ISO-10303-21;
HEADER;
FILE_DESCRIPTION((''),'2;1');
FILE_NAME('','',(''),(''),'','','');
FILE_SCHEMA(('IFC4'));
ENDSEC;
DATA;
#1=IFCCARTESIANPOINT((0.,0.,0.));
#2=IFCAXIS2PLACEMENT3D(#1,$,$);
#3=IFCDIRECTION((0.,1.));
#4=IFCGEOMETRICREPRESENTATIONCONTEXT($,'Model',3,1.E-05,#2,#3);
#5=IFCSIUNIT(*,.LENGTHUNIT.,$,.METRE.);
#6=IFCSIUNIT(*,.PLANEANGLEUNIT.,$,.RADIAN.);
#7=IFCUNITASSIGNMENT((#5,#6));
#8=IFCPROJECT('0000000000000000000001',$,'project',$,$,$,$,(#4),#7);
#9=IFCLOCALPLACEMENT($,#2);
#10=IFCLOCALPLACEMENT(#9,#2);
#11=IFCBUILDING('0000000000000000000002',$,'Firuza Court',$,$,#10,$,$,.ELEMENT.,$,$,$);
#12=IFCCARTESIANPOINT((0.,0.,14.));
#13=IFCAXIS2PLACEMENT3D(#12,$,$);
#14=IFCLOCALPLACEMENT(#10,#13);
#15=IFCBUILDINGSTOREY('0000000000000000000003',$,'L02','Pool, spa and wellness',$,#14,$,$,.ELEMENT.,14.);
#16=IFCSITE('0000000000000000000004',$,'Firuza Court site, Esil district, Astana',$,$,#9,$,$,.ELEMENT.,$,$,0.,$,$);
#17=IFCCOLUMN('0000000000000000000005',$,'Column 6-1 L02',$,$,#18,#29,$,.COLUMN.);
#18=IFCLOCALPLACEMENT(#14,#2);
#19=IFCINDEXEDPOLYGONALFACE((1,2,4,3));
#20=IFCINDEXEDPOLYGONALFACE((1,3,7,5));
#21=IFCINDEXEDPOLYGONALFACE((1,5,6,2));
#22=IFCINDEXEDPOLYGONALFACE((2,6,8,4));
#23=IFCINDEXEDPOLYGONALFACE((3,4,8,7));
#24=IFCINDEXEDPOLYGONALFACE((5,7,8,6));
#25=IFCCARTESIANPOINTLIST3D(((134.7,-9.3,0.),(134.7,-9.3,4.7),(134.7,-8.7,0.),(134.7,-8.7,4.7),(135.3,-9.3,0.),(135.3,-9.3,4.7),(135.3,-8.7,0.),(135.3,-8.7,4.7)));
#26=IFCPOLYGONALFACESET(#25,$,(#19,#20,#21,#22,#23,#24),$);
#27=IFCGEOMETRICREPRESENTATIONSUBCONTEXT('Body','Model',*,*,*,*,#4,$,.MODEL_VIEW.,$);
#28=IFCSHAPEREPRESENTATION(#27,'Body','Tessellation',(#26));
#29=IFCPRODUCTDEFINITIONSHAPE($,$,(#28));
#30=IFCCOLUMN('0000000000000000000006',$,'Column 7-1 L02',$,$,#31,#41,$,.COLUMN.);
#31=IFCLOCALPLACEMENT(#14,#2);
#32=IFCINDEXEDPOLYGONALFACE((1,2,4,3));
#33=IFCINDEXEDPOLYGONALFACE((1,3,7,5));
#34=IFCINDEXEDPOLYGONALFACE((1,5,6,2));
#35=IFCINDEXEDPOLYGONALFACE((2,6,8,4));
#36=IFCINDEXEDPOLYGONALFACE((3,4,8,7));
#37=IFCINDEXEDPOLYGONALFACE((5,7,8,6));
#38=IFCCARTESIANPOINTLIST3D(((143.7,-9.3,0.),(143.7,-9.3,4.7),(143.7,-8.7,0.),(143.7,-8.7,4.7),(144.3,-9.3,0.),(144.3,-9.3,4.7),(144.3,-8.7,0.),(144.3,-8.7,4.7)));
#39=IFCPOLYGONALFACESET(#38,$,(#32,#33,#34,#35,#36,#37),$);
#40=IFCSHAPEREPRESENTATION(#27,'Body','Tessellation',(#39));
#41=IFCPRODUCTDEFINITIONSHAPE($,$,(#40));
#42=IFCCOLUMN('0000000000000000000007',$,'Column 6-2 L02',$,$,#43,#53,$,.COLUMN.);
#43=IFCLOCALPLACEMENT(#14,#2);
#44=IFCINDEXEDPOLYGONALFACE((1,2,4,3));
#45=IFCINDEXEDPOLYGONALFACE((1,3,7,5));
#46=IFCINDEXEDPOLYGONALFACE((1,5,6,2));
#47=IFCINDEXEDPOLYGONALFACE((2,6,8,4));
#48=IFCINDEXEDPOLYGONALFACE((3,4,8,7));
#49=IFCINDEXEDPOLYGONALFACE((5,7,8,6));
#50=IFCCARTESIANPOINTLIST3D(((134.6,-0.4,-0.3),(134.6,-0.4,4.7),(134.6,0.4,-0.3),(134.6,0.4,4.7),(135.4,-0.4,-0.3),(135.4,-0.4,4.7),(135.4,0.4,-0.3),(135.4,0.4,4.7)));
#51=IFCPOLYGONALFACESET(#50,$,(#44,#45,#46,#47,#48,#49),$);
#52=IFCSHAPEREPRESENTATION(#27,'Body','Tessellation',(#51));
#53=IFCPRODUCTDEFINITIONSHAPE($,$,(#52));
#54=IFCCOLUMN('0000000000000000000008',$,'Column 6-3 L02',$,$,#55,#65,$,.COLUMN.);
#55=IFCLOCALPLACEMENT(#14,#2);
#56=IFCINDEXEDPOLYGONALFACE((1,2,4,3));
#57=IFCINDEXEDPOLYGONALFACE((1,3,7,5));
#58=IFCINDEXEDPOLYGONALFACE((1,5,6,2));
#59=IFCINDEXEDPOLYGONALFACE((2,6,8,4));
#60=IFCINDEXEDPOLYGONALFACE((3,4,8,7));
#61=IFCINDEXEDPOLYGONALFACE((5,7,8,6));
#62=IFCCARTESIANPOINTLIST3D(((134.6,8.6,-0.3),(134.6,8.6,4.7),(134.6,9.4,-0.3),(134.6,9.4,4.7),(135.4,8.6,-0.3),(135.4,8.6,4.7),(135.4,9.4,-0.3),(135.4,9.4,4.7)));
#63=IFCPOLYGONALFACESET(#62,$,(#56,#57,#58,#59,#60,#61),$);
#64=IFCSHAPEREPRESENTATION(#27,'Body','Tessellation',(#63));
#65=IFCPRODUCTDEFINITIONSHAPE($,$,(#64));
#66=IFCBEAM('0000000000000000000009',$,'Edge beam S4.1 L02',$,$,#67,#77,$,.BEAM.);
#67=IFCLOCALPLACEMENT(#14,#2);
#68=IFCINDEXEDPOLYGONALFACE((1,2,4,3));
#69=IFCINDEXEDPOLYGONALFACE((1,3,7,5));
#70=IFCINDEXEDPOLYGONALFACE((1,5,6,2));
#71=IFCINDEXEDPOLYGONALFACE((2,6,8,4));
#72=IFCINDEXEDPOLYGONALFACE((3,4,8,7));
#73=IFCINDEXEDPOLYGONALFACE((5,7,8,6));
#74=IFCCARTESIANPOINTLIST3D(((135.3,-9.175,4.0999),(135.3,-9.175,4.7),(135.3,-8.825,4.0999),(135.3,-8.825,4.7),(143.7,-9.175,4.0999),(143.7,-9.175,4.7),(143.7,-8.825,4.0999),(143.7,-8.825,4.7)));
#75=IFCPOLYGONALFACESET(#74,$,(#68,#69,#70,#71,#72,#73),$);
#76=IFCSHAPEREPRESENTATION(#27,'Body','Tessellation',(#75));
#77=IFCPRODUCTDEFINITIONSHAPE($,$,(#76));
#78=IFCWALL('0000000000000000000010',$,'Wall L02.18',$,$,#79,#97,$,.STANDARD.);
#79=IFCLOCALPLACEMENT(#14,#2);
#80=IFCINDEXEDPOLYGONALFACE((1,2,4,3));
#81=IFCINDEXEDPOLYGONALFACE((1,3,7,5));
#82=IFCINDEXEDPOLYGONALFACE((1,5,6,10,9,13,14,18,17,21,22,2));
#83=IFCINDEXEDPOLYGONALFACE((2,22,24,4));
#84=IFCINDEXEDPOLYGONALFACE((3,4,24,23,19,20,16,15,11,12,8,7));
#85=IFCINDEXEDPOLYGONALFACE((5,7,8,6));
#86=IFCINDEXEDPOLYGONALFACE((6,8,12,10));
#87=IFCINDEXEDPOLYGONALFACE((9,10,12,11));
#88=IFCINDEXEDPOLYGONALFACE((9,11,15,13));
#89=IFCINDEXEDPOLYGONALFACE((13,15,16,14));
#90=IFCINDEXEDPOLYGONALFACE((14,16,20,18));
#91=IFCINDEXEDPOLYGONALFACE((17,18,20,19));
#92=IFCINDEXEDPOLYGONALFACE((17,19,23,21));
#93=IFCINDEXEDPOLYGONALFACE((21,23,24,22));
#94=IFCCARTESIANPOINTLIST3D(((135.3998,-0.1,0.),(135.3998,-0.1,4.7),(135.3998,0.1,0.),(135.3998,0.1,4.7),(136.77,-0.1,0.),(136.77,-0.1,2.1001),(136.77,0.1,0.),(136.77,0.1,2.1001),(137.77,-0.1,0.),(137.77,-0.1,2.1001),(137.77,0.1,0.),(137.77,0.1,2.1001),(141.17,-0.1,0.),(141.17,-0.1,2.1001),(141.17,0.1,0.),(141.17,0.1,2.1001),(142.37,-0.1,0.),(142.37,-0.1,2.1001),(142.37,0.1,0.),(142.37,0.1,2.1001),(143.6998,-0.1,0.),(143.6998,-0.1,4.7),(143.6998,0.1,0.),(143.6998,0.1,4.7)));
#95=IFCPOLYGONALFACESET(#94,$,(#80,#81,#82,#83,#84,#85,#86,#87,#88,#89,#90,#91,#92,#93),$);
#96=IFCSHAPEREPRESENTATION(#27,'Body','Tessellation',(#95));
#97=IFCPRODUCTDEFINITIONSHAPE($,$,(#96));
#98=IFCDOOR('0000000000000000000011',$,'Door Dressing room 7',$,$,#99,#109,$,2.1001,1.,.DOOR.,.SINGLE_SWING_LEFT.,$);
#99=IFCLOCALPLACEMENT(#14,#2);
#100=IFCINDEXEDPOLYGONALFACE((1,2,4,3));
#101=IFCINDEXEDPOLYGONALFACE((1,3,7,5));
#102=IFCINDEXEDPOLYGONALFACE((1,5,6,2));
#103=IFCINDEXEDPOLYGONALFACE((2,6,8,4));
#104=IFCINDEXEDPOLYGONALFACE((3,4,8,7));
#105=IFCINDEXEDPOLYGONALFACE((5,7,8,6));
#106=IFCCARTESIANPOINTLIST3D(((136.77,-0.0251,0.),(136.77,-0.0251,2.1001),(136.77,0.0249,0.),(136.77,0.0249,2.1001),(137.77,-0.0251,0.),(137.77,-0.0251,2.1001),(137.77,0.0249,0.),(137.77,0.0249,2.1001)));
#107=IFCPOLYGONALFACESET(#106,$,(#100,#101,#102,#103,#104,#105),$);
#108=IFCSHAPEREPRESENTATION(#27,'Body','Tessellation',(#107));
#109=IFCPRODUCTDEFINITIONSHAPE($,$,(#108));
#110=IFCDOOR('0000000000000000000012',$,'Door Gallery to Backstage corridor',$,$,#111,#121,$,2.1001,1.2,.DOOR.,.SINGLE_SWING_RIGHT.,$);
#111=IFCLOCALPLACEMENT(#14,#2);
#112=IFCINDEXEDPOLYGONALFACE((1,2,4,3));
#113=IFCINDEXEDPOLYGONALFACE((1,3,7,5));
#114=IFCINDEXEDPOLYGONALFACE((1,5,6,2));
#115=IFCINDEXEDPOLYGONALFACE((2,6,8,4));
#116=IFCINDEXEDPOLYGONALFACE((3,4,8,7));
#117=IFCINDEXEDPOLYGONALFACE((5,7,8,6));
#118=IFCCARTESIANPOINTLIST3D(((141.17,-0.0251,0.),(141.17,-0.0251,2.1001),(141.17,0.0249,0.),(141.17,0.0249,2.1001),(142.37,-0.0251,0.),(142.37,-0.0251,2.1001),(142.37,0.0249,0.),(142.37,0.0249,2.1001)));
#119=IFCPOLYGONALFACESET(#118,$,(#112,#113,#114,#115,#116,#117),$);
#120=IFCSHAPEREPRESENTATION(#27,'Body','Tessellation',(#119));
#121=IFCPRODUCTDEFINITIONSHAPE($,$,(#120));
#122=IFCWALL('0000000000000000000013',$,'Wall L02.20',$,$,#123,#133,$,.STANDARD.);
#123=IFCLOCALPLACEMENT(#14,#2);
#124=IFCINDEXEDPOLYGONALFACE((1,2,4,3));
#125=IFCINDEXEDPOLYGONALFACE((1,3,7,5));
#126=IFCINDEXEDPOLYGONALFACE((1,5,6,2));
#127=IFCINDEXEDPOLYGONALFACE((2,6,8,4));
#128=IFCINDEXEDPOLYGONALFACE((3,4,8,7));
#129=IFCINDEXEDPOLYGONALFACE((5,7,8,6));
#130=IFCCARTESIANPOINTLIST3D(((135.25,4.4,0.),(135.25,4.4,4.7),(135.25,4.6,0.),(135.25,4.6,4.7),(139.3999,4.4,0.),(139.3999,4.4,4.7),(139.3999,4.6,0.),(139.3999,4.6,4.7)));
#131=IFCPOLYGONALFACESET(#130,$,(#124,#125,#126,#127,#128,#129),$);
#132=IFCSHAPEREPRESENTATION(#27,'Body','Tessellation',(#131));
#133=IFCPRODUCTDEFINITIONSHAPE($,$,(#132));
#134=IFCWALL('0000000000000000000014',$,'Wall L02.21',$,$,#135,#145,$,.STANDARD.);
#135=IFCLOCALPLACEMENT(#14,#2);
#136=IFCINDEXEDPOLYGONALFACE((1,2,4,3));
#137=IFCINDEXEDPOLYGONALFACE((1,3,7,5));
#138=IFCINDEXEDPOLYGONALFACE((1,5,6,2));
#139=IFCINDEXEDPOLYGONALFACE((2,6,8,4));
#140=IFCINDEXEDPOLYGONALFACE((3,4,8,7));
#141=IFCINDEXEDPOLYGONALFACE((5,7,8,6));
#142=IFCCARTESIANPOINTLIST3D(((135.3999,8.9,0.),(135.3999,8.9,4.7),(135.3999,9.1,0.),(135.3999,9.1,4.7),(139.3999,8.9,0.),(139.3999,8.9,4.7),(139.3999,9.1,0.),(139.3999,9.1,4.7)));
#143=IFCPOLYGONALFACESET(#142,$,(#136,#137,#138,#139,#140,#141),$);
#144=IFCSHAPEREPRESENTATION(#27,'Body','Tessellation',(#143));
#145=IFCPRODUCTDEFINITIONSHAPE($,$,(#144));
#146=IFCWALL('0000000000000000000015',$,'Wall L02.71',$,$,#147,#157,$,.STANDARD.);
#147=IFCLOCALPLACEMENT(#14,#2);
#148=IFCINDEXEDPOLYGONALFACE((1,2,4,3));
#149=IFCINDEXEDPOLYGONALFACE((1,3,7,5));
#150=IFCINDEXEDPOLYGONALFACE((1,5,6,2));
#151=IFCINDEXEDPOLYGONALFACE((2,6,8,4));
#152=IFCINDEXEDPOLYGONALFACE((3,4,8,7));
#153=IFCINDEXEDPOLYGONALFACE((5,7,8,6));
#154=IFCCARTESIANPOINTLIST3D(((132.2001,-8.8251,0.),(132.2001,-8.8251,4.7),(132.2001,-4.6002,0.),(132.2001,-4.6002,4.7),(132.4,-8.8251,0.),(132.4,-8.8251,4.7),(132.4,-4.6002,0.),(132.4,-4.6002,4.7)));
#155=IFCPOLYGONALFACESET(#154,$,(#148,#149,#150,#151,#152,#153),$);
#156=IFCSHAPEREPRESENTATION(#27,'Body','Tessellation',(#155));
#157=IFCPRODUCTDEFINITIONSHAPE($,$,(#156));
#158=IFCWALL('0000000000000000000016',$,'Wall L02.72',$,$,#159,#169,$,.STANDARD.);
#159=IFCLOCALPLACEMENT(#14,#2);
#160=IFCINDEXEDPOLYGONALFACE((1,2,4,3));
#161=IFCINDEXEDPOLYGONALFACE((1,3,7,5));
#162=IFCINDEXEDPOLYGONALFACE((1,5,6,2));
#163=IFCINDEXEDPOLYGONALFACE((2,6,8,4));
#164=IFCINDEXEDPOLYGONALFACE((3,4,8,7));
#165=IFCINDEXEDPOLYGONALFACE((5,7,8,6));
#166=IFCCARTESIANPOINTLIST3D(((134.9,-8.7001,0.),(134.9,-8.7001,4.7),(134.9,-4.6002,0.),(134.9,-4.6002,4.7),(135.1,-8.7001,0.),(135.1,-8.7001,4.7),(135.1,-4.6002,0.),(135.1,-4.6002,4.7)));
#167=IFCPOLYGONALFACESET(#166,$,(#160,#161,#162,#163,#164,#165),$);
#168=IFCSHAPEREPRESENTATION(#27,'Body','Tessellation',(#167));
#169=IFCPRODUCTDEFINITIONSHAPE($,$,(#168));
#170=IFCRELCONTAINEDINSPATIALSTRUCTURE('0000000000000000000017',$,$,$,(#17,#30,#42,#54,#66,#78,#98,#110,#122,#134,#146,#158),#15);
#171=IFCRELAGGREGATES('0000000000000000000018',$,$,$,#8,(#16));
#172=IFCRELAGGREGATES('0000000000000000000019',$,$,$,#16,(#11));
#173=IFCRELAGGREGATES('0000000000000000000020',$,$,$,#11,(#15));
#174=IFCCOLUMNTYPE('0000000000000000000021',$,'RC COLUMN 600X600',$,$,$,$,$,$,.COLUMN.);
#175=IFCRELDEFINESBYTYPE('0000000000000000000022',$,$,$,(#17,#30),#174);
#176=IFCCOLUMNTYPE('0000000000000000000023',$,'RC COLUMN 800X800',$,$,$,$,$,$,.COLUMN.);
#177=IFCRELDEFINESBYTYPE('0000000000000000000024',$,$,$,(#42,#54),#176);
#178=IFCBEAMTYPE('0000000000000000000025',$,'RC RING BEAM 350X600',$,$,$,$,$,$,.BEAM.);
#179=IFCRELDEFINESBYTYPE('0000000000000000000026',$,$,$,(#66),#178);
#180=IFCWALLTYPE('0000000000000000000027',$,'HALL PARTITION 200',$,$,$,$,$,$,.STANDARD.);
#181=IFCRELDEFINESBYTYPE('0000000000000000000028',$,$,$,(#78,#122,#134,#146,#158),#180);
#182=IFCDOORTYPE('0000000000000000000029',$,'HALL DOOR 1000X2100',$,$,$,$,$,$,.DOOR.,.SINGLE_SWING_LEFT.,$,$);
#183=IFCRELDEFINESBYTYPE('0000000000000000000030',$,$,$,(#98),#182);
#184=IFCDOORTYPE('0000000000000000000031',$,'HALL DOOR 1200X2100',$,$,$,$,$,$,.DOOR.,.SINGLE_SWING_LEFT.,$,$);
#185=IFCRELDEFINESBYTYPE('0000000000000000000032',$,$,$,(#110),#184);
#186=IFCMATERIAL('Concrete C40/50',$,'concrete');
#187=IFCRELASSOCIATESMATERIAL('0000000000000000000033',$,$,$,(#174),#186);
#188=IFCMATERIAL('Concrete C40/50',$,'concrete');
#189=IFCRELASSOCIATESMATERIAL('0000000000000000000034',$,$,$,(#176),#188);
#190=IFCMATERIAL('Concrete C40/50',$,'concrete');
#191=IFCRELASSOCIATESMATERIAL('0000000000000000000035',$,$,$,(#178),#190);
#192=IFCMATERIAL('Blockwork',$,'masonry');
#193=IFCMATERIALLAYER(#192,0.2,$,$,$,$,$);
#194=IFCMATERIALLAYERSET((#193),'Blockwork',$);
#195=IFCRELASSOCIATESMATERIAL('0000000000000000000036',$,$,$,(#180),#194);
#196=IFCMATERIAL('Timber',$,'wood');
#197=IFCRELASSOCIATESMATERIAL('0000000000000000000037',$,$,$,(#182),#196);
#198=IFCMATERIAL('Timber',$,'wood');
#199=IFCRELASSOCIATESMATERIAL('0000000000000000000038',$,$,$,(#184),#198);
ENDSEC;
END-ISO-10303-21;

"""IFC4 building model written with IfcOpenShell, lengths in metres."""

from ifc_helpers import new_model, si_unit, direction, frame, frame_2d, origin, origin_2d, place, context, subcontext, project, spatial, rectangle, extrude, material, layer, layer_set, material_profile, profile_set, type_object, element, fill, save


model = new_model("IFC4")

# Units and contexts
model_context = context("Model", 3, precision=1e-05, world=origin(), true_north=direction((0.0, 1.0)))
body_context = subcontext(model_context, "Body", "Model", "MODEL_VIEW")
ifc_project = project(units=[si_unit("LENGTHUNIT", "METRE"), si_unit("PLANEANGLEUNIT", "RADIAN")], contexts=[model_context])

# Site, building, storey
site_placement = place(None, origin())
site = spatial("IfcSite", under=ifc_project, at=site_placement, Name="Firuza Court site, Esil district, Astana", CompositionType="ELEMENT", RefElevation=0.0)
building_placement = place(site_placement, origin())
building = spatial("IfcBuilding", under=site, at=building_placement, Name="Firuza Court", CompositionType="ELEMENT")
storey_placement = place(building_placement, frame((0.0, 0.0, 14.0)))
storey = spatial("IfcBuildingStorey", under=building, at=storey_placement, Name="L02", Description="Pool, spa and wellness", CompositionType="ELEMENT", Elevation=14.0)

# Columns
ifc_material_1 = material(Name="Concrete C40/50", Category="concrete")
ifc_material_profile_1 = material_profile(ifc_material_1, rectangle(XDim=0.6001, YDim=0.6001, at=origin_2d()), Name="RC 600X600")
ifc_profile_set_1 = profile_set([ifc_material_profile_1], Name="Concrete C40/50")
column_type_1 = type_object("IfcColumnType", Name="RC COLUMN 600X600", PredefinedType="COLUMN", material=ifc_profile_set_1)
for number, where, z_axis, x_axis, name in (
    (1, (135.0, -9.0, 0.0), (0.0, 0.0, 1.0), (1.0, 0.0, 0.0), "Column 6-1 L02"),
    (2, (144.0, -9.0, 0.0), (0.0, 0.0, 1.0), (1.0, 0.0, 0.0), "Column 7-1 L02"),
):
    element("IfcColumn", number, at=place(storey_placement, frame(where, z_axis=z_axis, x_axis=x_axis)), inside=storey, type_object=column_type_1, Name=name, PredefinedType="COLUMN", context=body_context, shape_type="SweptSolid", body=[
        extrude(rectangle(XDim=0.6001, YDim=0.6001, at=origin_2d()), origin(), (0.0, 0.0, 1.0), 4.7),
    ])
ifc_material_2 = material(Name="Concrete C40/50", Category="concrete")
ifc_material_profile_2 = material_profile(ifc_material_2, rectangle(XDim=0.8, YDim=0.8, at=origin_2d()), Name="RC 800X800")
ifc_profile_set_2 = profile_set([ifc_material_profile_2], Name="Concrete C40/50")
column_type_2 = type_object("IfcColumnType", Name="RC COLUMN 800X800", PredefinedType="COLUMN", material=ifc_profile_set_2)
for number, where, z_axis, x_axis, name in (
    (3, (135.0, 0.0, -0.3), (0.0, 0.0, 1.0), (1.0, 0.0, 0.0), "Column 6-2 L02"),
    (4, (135.0, 9.0, -0.3), (0.0, 0.0, 1.0), (1.0, 0.0, 0.0), "Column 6-3 L02"),
):
    element("IfcColumn", number, at=place(storey_placement, frame(where, z_axis=z_axis, x_axis=x_axis)), inside=storey, type_object=column_type_2, Name=name, PredefinedType="COLUMN", context=body_context, shape_type="SweptSolid", body=[
        extrude(rectangle(XDim=0.8, YDim=0.8, at=origin_2d()), origin(), (0.0, 0.0, 1.0), 5.0),
    ])

# Beam
ifc_material_3 = material(Name="Concrete C40/50", Category="concrete")
ifc_material_profile_3 = material_profile(ifc_material_3, rectangle(XDim=0.3501, YDim=0.6001, at=origin_2d()), Name="RC 350X600")
ifc_profile_set_3 = profile_set([ifc_material_profile_3], Name="Concrete C40/50")
beam_type = type_object("IfcBeamType", Name="RC RING BEAM 350X600", PredefinedType="BEAM", material=ifc_profile_set_3)
beam_placement = place(storey_placement, frame((135.3, -9.0, 4.3999), z_axis=(1.0, 0.0, 0.0), x_axis=(0.0, 1.0, 0.0)))
element("IfcBeam", 5, at=beam_placement, inside=storey, type_object=beam_type, Name="Edge beam S4.1 L02", PredefinedType="BEAM", context=body_context, shape_type="SweptSolid", body=[
    extrude(rectangle(XDim=0.3501, YDim=0.6001, at=origin_2d()), origin(), (0.0, 0.0, 1.0), 8.3999),
])

# Wall, openings, doors
ifc_material_4 = material(Name="Blockwork", Category="masonry")
ifc_layer_1 = layer(ifc_material_4, 0.2)
ifc_layer_set_1 = layer_set([ifc_layer_1], Name="Blockwork")
wall_type_1 = type_object("IfcWallType", Name="HALL PARTITION 200", PredefinedType="STANDARD", material=ifc_layer_set_1)
wall_1_placement = place(storey_placement, frame((135.3999, 0.0, 0.0), z_axis=(0.0, 0.0, 1.0), x_axis=(1.0, 0.0, 0.0)))
wall_1 = element("IfcWall", 6, at=wall_1_placement, inside=storey, type_object=wall_type_1, Name="Wall L02.18", PredefinedType="STANDARD", context=body_context, shape_type="SweptSolid", body=[
    extrude(rectangle(XDim=8.3, YDim=0.2, at=frame_2d((4.1499, 0.0))), origin(), (0.0, 0.0, 1.0), 4.7),
])
opening_1_placement = place(wall_1_placement, frame((5.77, 0.0, 0.0)))
opening_1 = element("IfcOpeningElement", 7, at=opening_1_placement, cuts=wall_1, PredefinedType="OPENING", context=body_context, shape_type="SweptSolid", body=[
    extrude(rectangle(XDim=1.2, YDim=2.1001, at=frame_2d((0.6001, 1.05))), frame((0.0, 0.1118, 0.0), z_axis=(0.0, -1.0, 0.0), x_axis=(1.0, 0.0, 0.0)), (0.0, 0.0, 1.0), 0.2239),
])
opening_2_placement = place(wall_1_placement, frame((1.3701, 0.0, 0.0)))
opening_2 = element("IfcOpeningElement", 8, at=opening_2_placement, cuts=wall_1, PredefinedType="OPENING", context=body_context, shape_type="SweptSolid", body=[
    extrude(rectangle(XDim=1.0, YDim=2.1001, at=frame_2d((0.5, 1.05))), frame((0.0, 0.1118, 0.0), z_axis=(0.0, -1.0, 0.0), x_axis=(1.0, 0.0, 0.0)), (0.0, 0.0, 1.0), 0.2239),
])
ifc_material_5 = material(Name="Timber", Category="wood")
door_type_1 = type_object("IfcDoorType", Name="HALL DOOR 1000X2100", OperationType="SINGLE_SWING_LEFT", PredefinedType="DOOR", material=ifc_material_5)
door_1_placement = place(opening_2_placement, origin())
door_1 = element("IfcDoor", 9, at=door_1_placement, inside=storey, type_object=door_type_1, Name="Door Dressing room 7", OperationType="SINGLE_SWING_LEFT", OverallHeight=2.1001, OverallWidth=1.0, PredefinedType="DOOR", context=body_context, shape_type="SweptSolid", body=[
    extrude(rectangle(XDim=1.0, YDim=2.1001, at=frame_2d((0.5, 1.05))), frame((0.0, 0.0249, 0.0), z_axis=(0.0, -1.0, 0.0), x_axis=(1.0, 0.0, 0.0)), (0.0, 0.0, 1.0), 0.05),
])
fill(opening_2, door_1)
ifc_material_6 = material(Name="Timber", Category="wood")
door_type_2 = type_object("IfcDoorType", Name="HALL DOOR 1200X2100", OperationType="SINGLE_SWING_LEFT", PredefinedType="DOOR", material=ifc_material_6)
door_2_placement = place(opening_1_placement, origin())
door_2 = element("IfcDoor", 10, at=door_2_placement, inside=storey, type_object=door_type_2, Name="Door Gallery to Backstage corridor", OperationType="SINGLE_SWING_RIGHT", OverallHeight=2.1001, OverallWidth=1.2, PredefinedType="DOOR", context=body_context, shape_type="SweptSolid", body=[
    extrude(rectangle(XDim=1.2, YDim=2.1001, at=frame_2d((0.6001, 1.05))), frame((0.0, 0.0249, 0.0), z_axis=(0.0, -1.0, 0.0), x_axis=(1.0, 0.0, 0.0)), (0.0, 0.0, 1.0), 0.05),
])
fill(opening_1, door_2)

# Walls
wall_2_placement = place(storey_placement, frame((135.25, 4.5, 0.0), z_axis=(0.0, 0.0, 1.0), x_axis=(1.0, 0.0, 0.0)))
element("IfcWall", 11, at=wall_2_placement, inside=storey, type_object=wall_type_1, Name="Wall L02.20", PredefinedType="STANDARD", context=body_context, shape_type="SweptSolid", body=[
    extrude(rectangle(XDim=4.1499, YDim=0.2, at=frame_2d((2.075, 0.0))), origin(), (0.0, 0.0, 1.0), 4.7),
])
wall_3_placement = place(storey_placement, frame((135.3999, 9.0, 0.0), z_axis=(0.0, 0.0, 1.0), x_axis=(1.0, 0.0, 0.0)))
element("IfcWall", 12, at=wall_3_placement, inside=storey, type_object=wall_type_1, Name="Wall L02.21", PredefinedType="STANDARD", context=body_context, shape_type="SweptSolid", body=[
    extrude(rectangle(XDim=4.0, YDim=0.2, at=frame_2d((2.0, 0.0))), origin(), (0.0, 0.0, 1.0), 4.7),
])
wall_4_placement = place(storey_placement, frame((132.3, -8.825, 0.0), z_axis=(0.0, 0.0, 1.0), x_axis=(0.0, 1.0, 0.0)))
element("IfcWall", 13, at=wall_4_placement, inside=storey, type_object=wall_type_1, Name="Wall L02.71", PredefinedType="STANDARD", context=body_context, shape_type="SweptSolid", body=[
    extrude(rectangle(XDim=4.2249, YDim=0.2, at=frame_2d((2.1123, 0.0))), origin(), (0.0, 0.0, 1.0), 4.7),
])
wall_5_placement = place(storey_placement, frame((135.0, -8.7, 0.0), z_axis=(0.0, 0.0, 1.0), x_axis=(0.0, 1.0, 0.0)))
element("IfcWall", 14, at=wall_5_placement, inside=storey, type_object=wall_type_1, Name="Wall L02.72", PredefinedType="STANDARD", context=body_context, shape_type="SweptSolid", body=[
    extrude(rectangle(XDim=4.0999, YDim=0.2, at=frame_2d((2.0498, 0.0))), origin(), (0.0, 0.0, 1.0), 4.7),
])

save(model, "model.ifc")
